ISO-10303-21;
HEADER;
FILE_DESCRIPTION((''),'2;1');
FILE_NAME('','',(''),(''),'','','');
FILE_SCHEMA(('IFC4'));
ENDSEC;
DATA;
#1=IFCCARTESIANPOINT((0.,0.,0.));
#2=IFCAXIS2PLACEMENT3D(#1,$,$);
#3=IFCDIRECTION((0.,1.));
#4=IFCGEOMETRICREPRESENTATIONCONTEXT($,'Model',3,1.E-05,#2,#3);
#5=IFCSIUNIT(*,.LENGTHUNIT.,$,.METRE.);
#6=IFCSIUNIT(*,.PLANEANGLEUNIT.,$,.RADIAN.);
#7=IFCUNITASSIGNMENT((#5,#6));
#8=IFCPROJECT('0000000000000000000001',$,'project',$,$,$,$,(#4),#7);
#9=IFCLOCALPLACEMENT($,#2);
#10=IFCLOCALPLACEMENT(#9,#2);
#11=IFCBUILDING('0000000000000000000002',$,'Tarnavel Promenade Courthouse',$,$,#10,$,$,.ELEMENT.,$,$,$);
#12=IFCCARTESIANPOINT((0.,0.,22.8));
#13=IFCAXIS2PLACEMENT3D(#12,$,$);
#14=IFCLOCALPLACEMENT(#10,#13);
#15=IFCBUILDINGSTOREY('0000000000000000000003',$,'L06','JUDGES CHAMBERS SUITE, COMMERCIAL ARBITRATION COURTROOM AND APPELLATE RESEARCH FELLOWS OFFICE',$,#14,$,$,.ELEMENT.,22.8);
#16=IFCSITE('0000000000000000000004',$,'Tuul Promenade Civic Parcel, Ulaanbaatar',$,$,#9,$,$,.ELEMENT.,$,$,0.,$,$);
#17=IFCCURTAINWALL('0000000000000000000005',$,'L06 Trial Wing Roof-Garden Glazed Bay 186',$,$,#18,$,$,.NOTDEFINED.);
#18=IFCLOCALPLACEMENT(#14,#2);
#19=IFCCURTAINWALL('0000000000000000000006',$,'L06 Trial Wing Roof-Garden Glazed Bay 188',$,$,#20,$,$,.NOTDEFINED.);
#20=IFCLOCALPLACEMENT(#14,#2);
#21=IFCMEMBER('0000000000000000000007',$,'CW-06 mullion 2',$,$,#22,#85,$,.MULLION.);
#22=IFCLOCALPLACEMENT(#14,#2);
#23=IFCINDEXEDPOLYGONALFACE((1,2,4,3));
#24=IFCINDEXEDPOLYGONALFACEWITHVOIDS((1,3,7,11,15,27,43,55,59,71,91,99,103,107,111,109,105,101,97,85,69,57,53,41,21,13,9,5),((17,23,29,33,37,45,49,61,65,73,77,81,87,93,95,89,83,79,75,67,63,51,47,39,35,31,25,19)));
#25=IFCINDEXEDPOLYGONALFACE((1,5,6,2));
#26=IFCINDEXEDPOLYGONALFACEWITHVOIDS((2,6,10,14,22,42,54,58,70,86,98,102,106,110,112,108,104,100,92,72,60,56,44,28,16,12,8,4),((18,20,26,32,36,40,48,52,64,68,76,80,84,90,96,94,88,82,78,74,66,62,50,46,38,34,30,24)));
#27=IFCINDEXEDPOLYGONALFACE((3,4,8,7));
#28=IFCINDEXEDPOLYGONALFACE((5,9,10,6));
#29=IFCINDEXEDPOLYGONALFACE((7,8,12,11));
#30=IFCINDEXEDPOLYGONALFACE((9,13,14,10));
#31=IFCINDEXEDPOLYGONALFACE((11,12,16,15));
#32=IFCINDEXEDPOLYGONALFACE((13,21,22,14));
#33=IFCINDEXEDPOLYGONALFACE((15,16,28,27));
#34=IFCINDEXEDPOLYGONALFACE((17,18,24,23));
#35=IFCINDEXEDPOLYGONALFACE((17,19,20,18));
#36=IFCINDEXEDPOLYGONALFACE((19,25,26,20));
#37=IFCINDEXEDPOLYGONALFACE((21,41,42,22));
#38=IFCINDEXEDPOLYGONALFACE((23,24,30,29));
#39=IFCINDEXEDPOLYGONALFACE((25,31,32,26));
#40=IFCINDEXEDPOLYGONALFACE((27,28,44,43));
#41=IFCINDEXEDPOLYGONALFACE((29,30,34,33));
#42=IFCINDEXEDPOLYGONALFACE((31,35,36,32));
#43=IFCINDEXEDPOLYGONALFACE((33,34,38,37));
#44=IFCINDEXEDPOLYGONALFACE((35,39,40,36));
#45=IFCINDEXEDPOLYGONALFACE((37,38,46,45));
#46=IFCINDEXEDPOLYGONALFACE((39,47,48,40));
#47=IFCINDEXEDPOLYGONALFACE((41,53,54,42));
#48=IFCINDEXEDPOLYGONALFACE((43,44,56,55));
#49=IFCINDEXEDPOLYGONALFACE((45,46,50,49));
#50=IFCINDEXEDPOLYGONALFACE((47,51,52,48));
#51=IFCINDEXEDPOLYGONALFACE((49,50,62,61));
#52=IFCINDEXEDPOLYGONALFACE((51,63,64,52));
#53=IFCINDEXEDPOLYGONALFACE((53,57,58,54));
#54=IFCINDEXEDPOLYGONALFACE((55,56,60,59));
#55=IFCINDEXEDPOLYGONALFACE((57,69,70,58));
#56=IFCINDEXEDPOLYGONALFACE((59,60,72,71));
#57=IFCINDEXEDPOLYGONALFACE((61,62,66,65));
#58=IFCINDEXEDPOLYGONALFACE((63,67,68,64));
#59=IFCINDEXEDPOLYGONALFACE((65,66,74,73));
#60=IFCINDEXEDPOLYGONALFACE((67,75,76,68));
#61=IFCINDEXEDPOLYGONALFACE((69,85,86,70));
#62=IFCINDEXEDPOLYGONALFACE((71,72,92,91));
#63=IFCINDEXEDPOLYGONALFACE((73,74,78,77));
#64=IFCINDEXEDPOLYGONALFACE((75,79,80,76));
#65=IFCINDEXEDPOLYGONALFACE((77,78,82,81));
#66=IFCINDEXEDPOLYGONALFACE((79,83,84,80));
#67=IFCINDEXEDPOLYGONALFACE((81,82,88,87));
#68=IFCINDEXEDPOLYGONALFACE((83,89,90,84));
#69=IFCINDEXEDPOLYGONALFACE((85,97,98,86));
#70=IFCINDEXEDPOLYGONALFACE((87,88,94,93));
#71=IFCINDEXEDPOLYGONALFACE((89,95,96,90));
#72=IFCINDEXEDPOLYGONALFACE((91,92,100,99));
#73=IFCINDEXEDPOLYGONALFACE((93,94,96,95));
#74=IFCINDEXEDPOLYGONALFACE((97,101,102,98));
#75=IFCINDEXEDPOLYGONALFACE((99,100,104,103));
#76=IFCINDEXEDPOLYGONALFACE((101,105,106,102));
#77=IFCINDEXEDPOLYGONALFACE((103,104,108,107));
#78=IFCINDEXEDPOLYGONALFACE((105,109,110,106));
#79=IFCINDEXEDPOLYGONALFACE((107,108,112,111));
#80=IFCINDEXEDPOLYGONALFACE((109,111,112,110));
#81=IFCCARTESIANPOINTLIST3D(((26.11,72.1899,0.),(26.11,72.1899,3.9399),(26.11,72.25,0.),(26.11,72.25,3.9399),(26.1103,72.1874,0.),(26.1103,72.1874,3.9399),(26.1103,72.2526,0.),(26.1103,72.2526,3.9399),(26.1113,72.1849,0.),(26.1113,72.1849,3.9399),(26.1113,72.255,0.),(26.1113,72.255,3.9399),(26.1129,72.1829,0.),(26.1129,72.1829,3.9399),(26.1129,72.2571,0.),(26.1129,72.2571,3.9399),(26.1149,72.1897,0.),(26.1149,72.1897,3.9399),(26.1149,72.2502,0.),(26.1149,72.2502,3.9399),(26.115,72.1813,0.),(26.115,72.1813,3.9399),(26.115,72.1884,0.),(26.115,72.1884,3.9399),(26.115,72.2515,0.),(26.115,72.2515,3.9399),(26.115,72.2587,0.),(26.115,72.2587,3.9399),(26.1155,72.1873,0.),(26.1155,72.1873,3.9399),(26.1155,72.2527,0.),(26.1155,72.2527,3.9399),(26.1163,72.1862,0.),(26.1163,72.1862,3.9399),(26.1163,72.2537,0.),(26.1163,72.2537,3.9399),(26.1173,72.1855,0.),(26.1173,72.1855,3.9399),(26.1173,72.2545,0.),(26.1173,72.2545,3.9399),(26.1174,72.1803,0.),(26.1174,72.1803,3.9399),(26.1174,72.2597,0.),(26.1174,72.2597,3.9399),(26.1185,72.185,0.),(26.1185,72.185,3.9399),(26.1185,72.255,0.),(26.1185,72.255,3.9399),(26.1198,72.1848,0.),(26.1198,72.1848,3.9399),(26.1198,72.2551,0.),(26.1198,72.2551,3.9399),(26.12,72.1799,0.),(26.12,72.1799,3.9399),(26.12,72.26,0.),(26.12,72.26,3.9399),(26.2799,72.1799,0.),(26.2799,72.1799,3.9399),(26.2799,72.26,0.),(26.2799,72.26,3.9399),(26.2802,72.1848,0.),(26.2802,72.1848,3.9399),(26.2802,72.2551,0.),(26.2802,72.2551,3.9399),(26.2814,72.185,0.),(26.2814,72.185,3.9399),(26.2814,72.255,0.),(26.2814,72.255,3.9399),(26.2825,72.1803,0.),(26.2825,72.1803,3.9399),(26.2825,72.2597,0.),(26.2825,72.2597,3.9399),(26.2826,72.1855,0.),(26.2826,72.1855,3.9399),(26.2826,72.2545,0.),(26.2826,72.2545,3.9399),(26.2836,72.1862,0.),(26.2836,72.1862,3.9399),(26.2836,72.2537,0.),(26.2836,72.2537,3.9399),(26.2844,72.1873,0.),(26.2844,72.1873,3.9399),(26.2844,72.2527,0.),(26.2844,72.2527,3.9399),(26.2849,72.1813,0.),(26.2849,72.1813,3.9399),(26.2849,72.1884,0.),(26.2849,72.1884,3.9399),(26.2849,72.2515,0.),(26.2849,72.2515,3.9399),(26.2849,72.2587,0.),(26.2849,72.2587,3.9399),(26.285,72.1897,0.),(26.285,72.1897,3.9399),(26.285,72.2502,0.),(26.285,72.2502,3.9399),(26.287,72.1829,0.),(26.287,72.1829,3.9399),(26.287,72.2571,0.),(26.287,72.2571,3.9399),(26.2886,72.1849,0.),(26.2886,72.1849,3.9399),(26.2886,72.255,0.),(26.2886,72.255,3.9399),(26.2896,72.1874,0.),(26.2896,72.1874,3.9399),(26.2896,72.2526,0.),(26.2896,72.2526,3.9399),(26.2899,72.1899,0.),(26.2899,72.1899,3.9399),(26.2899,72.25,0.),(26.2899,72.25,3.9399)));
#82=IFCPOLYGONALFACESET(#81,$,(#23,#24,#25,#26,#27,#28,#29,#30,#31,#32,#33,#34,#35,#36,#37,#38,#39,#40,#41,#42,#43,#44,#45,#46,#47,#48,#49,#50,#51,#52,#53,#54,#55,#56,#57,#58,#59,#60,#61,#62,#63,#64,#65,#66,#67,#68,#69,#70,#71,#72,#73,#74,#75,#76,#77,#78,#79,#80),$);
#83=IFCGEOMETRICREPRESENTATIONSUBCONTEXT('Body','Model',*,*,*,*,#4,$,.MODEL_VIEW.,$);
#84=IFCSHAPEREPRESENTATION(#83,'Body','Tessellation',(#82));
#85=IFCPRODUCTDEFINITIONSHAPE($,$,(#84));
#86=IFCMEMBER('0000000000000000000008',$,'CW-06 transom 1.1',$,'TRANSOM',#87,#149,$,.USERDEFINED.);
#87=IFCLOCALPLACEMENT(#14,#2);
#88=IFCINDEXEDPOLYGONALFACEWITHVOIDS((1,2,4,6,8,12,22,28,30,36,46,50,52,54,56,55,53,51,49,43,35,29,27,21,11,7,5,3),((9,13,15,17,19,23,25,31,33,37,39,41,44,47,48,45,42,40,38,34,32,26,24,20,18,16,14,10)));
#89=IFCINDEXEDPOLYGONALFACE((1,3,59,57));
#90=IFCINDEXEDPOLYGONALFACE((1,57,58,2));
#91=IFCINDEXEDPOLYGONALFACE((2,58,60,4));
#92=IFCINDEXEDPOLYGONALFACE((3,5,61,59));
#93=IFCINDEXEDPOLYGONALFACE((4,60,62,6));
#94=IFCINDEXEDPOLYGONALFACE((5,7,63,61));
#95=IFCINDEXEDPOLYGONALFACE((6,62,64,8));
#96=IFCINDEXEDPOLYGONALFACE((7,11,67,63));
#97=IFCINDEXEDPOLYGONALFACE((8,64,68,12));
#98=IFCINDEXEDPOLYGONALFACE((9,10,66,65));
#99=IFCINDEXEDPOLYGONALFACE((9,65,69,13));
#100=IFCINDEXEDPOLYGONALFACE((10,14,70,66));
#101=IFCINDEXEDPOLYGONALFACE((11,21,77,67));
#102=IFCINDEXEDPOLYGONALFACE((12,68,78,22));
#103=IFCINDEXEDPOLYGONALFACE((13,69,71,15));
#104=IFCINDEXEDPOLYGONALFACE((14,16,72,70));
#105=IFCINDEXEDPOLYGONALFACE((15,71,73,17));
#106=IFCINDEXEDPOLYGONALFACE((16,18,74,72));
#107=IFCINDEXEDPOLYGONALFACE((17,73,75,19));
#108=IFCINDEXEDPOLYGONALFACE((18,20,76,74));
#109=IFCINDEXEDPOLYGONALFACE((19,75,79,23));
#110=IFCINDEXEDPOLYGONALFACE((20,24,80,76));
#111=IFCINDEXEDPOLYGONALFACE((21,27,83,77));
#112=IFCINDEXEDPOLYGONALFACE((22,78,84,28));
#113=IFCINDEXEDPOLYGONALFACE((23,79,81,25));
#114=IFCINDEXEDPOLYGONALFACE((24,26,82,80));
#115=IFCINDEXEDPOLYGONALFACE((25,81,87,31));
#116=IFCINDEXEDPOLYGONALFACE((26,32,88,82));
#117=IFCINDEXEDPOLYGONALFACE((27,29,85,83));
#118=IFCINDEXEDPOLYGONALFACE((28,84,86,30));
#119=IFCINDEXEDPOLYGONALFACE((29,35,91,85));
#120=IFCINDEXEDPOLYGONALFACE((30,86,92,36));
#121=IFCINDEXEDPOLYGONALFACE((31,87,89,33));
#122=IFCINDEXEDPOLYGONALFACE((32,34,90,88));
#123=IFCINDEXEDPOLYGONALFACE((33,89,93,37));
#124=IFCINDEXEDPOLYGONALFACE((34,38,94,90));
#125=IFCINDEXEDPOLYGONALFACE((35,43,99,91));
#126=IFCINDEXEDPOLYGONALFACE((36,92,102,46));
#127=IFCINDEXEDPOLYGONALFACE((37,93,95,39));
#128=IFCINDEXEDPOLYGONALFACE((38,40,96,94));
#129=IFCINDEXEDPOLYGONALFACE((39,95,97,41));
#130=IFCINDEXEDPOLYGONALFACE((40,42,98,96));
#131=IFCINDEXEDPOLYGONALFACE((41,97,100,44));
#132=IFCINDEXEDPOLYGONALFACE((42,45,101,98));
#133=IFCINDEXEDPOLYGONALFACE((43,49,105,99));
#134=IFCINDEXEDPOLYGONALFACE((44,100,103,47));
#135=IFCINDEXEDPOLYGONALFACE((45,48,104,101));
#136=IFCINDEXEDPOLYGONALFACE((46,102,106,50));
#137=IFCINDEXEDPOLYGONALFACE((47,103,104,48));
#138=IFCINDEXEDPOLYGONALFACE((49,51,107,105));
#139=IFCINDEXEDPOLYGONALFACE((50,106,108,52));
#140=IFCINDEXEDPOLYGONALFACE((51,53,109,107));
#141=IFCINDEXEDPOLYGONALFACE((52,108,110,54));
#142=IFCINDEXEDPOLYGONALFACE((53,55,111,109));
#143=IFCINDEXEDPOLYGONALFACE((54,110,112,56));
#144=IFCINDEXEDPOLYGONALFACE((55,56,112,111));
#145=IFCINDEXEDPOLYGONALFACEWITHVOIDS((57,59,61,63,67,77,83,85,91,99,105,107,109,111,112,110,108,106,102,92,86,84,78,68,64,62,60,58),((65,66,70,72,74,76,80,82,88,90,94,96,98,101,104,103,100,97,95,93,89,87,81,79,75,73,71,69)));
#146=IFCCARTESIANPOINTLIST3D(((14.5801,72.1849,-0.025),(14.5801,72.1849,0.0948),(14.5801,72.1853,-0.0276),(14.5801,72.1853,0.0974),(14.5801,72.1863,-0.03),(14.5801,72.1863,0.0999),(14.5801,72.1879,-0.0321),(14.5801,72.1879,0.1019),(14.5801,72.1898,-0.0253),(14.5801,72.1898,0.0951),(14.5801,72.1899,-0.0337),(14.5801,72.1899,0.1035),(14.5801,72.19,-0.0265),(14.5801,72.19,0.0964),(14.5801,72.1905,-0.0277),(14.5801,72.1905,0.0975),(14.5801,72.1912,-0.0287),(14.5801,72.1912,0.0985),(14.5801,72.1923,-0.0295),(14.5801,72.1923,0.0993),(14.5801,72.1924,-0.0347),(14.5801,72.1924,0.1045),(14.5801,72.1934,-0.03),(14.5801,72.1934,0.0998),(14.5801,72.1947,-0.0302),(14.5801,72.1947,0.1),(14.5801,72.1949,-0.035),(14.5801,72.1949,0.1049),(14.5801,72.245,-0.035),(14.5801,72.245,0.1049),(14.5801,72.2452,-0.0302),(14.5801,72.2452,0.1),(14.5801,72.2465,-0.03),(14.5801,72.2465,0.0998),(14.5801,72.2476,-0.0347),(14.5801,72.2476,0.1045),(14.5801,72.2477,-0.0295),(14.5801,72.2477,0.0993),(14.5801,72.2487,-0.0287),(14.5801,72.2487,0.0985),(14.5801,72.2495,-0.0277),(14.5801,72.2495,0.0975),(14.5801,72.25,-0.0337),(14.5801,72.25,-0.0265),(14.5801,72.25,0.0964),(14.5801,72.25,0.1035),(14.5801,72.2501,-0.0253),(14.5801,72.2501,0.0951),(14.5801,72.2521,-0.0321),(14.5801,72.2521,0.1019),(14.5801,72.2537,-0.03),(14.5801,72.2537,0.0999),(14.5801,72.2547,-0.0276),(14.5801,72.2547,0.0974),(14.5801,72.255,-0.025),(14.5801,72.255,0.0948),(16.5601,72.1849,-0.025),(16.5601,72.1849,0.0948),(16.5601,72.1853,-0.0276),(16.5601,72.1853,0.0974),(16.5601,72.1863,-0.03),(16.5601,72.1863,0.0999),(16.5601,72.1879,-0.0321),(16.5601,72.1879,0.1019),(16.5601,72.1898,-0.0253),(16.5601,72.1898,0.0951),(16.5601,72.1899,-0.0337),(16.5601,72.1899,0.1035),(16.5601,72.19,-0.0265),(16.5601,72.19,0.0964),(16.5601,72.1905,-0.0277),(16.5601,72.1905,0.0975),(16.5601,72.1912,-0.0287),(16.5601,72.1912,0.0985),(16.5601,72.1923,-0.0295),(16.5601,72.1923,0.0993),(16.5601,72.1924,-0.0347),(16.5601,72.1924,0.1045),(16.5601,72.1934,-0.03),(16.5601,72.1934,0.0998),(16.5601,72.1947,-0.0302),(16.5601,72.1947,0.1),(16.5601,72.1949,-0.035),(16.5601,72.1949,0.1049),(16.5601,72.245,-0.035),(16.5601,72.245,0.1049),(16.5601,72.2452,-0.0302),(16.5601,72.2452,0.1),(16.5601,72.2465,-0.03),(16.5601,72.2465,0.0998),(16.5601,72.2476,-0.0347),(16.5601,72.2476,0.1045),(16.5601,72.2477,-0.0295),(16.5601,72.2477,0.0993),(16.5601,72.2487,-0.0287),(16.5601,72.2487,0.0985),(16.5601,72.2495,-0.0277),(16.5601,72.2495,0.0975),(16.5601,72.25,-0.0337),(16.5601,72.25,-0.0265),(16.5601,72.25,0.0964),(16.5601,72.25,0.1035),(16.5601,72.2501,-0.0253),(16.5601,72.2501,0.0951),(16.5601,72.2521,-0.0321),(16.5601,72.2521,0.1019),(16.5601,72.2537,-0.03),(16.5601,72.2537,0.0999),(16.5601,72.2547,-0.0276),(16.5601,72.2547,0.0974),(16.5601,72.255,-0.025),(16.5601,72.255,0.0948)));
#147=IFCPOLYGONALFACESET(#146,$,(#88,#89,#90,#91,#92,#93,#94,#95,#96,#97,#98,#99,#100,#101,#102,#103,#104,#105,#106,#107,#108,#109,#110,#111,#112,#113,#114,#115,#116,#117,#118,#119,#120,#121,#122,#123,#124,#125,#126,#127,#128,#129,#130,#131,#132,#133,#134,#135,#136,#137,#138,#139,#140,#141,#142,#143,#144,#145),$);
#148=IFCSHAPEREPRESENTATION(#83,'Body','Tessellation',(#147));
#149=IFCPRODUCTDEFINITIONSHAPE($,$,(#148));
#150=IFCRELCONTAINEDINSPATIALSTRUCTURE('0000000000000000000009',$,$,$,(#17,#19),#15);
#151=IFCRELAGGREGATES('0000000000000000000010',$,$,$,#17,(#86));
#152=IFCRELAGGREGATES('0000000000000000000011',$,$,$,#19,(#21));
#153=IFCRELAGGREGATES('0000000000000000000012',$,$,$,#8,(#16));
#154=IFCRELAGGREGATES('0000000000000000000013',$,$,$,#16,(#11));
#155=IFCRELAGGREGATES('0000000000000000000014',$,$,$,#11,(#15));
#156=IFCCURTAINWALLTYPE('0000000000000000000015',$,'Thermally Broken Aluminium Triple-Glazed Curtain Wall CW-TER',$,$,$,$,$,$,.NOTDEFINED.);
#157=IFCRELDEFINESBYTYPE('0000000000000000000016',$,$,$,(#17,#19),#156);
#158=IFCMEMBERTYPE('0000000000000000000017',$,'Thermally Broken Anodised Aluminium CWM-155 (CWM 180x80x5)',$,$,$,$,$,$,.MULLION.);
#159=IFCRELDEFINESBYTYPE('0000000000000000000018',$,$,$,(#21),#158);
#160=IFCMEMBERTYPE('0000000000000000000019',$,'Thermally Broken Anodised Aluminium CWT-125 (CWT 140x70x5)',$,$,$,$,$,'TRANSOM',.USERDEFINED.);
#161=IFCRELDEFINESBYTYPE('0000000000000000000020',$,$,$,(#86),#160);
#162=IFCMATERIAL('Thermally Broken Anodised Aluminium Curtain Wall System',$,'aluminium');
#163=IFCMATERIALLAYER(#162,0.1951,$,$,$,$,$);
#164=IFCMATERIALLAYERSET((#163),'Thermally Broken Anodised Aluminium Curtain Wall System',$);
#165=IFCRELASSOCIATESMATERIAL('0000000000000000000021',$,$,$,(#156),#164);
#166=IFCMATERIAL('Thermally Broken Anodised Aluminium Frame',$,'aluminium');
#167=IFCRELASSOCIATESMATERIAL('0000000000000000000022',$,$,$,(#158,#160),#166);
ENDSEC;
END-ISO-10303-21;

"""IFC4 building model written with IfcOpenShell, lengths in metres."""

from ifc_helpers import new_model, si_unit, direction, frame, origin, origin_2d, place, context, subcontext, project, spatial, hollow_rectangle, extrude, material, layer, layer_set, material_profile, profile_set, type_object, element, aggregate, save


model = new_model("IFC4")

# Units and contexts
model_context = context("Model", 3, precision=1e-05, world=origin(), true_north=direction((0.0, 1.0)))
body_context = subcontext(model_context, "Body", "Model", "MODEL_VIEW")
ifc_project = project(units=[si_unit("LENGTHUNIT", "METRE"), si_unit("PLANEANGLEUNIT", "RADIAN")], contexts=[model_context])

# Site, building, storey
site_placement = place(None, origin())
site = spatial("IfcSite", under=ifc_project, at=site_placement, Name="Tuul Promenade Civic Parcel, Ulaanbaatar", CompositionType="ELEMENT", RefElevation=0.0)
building_placement = place(site_placement, origin())
building = spatial("IfcBuilding", under=site, at=building_placement, Name="Tarnavel Promenade Courthouse", CompositionType="ELEMENT")
storey_placement = place(building_placement, frame((0.0, 0.0, 22.8)))
storey = spatial("IfcBuildingStorey", under=building, at=storey_placement, Name="L06", Description="JUDGES CHAMBERS SUITE, COMMERCIAL ARBITRATION COURTROOM AND APPELLATE RESEARCH FELLOWS OFFICE", CompositionType="ELEMENT", Elevation=22.8)

# Shared definitions
ifc_material_1 = material(Name="Thermally Broken Anodised Aluminium Curtain Wall System", Category="aluminium")
ifc_layer_1 = layer(ifc_material_1, 0.1951)
ifc_layer_set_1 = layer_set([ifc_layer_1], Name="Thermally Broken Anodised Aluminium Curtain Wall System")
curtain_wall_type = type_object("IfcCurtainWallType", Name="Thermally Broken Aluminium Triple-Glazed Curtain Wall CW-TER", PredefinedType="NOTDEFINED", material=ifc_layer_set_1)
ifc_material_2 = material(Name="Thermally Broken Anodised Aluminium Frame", Category="aluminium")
ifc_material_profile_1 = material_profile(ifc_material_2, hollow_rectangle(XDim=0.0801, YDim=0.1799, WallThickness=0.0049, InnerFilletRadius=0.0049, OuterFilletRadius=0.01, at=origin_2d()), Name="CWM 180x80x5")
ifc_profile_set_1 = profile_set([ifc_material_profile_1], Name="Thermally Broken Anodised Aluminium Frame")
member_type_1 = type_object("IfcMemberType", Name="Thermally Broken Anodised Aluminium CWM-155 (CWM 180x80x5)", PredefinedType="MULLION", material=ifc_profile_set_1)

# Curtain walls, member
curtain_wall_1_placement = place(storey_placement, origin())
curtain_wall_1 = element("IfcCurtainWall", 1, at=curtain_wall_1_placement, inside=storey, type_object=curtain_wall_type, Name="L06 Trial Wing Roof-Garden Glazed Bay 186", PredefinedType="NOTDEFINED")
curtain_wall_2_placement = place(storey_placement, origin())
curtain_wall_2 = element("IfcCurtainWall", 2, at=curtain_wall_2_placement, inside=storey, type_object=curtain_wall_type, Name="L06 Trial Wing Roof-Garden Glazed Bay 188", PredefinedType="NOTDEFINED")
member_1_placement = place(storey_placement, frame((26.2, 72.22, 0.0), z_axis=(0.0, 0.0, 1.0), x_axis=(0.0, 1.0, 0.0)))
member_1 = element("IfcMember", 3, at=member_1_placement, type_object=member_type_1, Name="CW-06 mullion 2", PredefinedType="MULLION", context=body_context, shape_type="SweptSolid", body=[
    extrude(hollow_rectangle(XDim=0.0801, YDim=0.1799, WallThickness=0.0049, InnerFilletRadius=0.0049, OuterFilletRadius=0.01, at=origin_2d()), origin(), (0.0, 0.0, 1.0), 3.9399),
])

# Member
ifc_material_profile_2 = material_profile(ifc_material_2, hollow_rectangle(XDim=0.0701, YDim=0.1399, WallThickness=0.0049, InnerFilletRadius=0.0049, OuterFilletRadius=0.01, at=origin_2d()), Name="CWT 140x70x5")
ifc_profile_set_2 = profile_set([ifc_material_profile_2], Name="Thermally Broken Anodised Aluminium Frame")
member_type_2 = type_object("IfcMemberType", Name="Thermally Broken Anodised Aluminium CWT-125 (CWT 140x70x5)", ElementType="TRANSOM", PredefinedType="USERDEFINED", material=ifc_profile_set_2)
member_2_placement = place(storey_placement, frame((14.5801, 72.22, 0.0349), z_axis=(1.0, 0.0, 0.0), x_axis=(0.0, 1.0, 0.0)))
member_2 = element("IfcMember", 4, at=member_2_placement, type_object=member_type_2, Name="CW-06 transom 1.1", ObjectType="TRANSOM", PredefinedType="USERDEFINED", context=body_context, shape_type="SweptSolid", body=[
    extrude(hollow_rectangle(XDim=0.0701, YDim=0.1399, WallThickness=0.0049, InnerFilletRadius=0.0049, OuterFilletRadius=0.01, at=origin_2d()), origin(), (0.0, 0.0, 1.0), 1.98),
])

aggregate(curtain_wall_1, [member_2])
aggregate(curtain_wall_2, [member_1])

save(model, "model.ifc")
